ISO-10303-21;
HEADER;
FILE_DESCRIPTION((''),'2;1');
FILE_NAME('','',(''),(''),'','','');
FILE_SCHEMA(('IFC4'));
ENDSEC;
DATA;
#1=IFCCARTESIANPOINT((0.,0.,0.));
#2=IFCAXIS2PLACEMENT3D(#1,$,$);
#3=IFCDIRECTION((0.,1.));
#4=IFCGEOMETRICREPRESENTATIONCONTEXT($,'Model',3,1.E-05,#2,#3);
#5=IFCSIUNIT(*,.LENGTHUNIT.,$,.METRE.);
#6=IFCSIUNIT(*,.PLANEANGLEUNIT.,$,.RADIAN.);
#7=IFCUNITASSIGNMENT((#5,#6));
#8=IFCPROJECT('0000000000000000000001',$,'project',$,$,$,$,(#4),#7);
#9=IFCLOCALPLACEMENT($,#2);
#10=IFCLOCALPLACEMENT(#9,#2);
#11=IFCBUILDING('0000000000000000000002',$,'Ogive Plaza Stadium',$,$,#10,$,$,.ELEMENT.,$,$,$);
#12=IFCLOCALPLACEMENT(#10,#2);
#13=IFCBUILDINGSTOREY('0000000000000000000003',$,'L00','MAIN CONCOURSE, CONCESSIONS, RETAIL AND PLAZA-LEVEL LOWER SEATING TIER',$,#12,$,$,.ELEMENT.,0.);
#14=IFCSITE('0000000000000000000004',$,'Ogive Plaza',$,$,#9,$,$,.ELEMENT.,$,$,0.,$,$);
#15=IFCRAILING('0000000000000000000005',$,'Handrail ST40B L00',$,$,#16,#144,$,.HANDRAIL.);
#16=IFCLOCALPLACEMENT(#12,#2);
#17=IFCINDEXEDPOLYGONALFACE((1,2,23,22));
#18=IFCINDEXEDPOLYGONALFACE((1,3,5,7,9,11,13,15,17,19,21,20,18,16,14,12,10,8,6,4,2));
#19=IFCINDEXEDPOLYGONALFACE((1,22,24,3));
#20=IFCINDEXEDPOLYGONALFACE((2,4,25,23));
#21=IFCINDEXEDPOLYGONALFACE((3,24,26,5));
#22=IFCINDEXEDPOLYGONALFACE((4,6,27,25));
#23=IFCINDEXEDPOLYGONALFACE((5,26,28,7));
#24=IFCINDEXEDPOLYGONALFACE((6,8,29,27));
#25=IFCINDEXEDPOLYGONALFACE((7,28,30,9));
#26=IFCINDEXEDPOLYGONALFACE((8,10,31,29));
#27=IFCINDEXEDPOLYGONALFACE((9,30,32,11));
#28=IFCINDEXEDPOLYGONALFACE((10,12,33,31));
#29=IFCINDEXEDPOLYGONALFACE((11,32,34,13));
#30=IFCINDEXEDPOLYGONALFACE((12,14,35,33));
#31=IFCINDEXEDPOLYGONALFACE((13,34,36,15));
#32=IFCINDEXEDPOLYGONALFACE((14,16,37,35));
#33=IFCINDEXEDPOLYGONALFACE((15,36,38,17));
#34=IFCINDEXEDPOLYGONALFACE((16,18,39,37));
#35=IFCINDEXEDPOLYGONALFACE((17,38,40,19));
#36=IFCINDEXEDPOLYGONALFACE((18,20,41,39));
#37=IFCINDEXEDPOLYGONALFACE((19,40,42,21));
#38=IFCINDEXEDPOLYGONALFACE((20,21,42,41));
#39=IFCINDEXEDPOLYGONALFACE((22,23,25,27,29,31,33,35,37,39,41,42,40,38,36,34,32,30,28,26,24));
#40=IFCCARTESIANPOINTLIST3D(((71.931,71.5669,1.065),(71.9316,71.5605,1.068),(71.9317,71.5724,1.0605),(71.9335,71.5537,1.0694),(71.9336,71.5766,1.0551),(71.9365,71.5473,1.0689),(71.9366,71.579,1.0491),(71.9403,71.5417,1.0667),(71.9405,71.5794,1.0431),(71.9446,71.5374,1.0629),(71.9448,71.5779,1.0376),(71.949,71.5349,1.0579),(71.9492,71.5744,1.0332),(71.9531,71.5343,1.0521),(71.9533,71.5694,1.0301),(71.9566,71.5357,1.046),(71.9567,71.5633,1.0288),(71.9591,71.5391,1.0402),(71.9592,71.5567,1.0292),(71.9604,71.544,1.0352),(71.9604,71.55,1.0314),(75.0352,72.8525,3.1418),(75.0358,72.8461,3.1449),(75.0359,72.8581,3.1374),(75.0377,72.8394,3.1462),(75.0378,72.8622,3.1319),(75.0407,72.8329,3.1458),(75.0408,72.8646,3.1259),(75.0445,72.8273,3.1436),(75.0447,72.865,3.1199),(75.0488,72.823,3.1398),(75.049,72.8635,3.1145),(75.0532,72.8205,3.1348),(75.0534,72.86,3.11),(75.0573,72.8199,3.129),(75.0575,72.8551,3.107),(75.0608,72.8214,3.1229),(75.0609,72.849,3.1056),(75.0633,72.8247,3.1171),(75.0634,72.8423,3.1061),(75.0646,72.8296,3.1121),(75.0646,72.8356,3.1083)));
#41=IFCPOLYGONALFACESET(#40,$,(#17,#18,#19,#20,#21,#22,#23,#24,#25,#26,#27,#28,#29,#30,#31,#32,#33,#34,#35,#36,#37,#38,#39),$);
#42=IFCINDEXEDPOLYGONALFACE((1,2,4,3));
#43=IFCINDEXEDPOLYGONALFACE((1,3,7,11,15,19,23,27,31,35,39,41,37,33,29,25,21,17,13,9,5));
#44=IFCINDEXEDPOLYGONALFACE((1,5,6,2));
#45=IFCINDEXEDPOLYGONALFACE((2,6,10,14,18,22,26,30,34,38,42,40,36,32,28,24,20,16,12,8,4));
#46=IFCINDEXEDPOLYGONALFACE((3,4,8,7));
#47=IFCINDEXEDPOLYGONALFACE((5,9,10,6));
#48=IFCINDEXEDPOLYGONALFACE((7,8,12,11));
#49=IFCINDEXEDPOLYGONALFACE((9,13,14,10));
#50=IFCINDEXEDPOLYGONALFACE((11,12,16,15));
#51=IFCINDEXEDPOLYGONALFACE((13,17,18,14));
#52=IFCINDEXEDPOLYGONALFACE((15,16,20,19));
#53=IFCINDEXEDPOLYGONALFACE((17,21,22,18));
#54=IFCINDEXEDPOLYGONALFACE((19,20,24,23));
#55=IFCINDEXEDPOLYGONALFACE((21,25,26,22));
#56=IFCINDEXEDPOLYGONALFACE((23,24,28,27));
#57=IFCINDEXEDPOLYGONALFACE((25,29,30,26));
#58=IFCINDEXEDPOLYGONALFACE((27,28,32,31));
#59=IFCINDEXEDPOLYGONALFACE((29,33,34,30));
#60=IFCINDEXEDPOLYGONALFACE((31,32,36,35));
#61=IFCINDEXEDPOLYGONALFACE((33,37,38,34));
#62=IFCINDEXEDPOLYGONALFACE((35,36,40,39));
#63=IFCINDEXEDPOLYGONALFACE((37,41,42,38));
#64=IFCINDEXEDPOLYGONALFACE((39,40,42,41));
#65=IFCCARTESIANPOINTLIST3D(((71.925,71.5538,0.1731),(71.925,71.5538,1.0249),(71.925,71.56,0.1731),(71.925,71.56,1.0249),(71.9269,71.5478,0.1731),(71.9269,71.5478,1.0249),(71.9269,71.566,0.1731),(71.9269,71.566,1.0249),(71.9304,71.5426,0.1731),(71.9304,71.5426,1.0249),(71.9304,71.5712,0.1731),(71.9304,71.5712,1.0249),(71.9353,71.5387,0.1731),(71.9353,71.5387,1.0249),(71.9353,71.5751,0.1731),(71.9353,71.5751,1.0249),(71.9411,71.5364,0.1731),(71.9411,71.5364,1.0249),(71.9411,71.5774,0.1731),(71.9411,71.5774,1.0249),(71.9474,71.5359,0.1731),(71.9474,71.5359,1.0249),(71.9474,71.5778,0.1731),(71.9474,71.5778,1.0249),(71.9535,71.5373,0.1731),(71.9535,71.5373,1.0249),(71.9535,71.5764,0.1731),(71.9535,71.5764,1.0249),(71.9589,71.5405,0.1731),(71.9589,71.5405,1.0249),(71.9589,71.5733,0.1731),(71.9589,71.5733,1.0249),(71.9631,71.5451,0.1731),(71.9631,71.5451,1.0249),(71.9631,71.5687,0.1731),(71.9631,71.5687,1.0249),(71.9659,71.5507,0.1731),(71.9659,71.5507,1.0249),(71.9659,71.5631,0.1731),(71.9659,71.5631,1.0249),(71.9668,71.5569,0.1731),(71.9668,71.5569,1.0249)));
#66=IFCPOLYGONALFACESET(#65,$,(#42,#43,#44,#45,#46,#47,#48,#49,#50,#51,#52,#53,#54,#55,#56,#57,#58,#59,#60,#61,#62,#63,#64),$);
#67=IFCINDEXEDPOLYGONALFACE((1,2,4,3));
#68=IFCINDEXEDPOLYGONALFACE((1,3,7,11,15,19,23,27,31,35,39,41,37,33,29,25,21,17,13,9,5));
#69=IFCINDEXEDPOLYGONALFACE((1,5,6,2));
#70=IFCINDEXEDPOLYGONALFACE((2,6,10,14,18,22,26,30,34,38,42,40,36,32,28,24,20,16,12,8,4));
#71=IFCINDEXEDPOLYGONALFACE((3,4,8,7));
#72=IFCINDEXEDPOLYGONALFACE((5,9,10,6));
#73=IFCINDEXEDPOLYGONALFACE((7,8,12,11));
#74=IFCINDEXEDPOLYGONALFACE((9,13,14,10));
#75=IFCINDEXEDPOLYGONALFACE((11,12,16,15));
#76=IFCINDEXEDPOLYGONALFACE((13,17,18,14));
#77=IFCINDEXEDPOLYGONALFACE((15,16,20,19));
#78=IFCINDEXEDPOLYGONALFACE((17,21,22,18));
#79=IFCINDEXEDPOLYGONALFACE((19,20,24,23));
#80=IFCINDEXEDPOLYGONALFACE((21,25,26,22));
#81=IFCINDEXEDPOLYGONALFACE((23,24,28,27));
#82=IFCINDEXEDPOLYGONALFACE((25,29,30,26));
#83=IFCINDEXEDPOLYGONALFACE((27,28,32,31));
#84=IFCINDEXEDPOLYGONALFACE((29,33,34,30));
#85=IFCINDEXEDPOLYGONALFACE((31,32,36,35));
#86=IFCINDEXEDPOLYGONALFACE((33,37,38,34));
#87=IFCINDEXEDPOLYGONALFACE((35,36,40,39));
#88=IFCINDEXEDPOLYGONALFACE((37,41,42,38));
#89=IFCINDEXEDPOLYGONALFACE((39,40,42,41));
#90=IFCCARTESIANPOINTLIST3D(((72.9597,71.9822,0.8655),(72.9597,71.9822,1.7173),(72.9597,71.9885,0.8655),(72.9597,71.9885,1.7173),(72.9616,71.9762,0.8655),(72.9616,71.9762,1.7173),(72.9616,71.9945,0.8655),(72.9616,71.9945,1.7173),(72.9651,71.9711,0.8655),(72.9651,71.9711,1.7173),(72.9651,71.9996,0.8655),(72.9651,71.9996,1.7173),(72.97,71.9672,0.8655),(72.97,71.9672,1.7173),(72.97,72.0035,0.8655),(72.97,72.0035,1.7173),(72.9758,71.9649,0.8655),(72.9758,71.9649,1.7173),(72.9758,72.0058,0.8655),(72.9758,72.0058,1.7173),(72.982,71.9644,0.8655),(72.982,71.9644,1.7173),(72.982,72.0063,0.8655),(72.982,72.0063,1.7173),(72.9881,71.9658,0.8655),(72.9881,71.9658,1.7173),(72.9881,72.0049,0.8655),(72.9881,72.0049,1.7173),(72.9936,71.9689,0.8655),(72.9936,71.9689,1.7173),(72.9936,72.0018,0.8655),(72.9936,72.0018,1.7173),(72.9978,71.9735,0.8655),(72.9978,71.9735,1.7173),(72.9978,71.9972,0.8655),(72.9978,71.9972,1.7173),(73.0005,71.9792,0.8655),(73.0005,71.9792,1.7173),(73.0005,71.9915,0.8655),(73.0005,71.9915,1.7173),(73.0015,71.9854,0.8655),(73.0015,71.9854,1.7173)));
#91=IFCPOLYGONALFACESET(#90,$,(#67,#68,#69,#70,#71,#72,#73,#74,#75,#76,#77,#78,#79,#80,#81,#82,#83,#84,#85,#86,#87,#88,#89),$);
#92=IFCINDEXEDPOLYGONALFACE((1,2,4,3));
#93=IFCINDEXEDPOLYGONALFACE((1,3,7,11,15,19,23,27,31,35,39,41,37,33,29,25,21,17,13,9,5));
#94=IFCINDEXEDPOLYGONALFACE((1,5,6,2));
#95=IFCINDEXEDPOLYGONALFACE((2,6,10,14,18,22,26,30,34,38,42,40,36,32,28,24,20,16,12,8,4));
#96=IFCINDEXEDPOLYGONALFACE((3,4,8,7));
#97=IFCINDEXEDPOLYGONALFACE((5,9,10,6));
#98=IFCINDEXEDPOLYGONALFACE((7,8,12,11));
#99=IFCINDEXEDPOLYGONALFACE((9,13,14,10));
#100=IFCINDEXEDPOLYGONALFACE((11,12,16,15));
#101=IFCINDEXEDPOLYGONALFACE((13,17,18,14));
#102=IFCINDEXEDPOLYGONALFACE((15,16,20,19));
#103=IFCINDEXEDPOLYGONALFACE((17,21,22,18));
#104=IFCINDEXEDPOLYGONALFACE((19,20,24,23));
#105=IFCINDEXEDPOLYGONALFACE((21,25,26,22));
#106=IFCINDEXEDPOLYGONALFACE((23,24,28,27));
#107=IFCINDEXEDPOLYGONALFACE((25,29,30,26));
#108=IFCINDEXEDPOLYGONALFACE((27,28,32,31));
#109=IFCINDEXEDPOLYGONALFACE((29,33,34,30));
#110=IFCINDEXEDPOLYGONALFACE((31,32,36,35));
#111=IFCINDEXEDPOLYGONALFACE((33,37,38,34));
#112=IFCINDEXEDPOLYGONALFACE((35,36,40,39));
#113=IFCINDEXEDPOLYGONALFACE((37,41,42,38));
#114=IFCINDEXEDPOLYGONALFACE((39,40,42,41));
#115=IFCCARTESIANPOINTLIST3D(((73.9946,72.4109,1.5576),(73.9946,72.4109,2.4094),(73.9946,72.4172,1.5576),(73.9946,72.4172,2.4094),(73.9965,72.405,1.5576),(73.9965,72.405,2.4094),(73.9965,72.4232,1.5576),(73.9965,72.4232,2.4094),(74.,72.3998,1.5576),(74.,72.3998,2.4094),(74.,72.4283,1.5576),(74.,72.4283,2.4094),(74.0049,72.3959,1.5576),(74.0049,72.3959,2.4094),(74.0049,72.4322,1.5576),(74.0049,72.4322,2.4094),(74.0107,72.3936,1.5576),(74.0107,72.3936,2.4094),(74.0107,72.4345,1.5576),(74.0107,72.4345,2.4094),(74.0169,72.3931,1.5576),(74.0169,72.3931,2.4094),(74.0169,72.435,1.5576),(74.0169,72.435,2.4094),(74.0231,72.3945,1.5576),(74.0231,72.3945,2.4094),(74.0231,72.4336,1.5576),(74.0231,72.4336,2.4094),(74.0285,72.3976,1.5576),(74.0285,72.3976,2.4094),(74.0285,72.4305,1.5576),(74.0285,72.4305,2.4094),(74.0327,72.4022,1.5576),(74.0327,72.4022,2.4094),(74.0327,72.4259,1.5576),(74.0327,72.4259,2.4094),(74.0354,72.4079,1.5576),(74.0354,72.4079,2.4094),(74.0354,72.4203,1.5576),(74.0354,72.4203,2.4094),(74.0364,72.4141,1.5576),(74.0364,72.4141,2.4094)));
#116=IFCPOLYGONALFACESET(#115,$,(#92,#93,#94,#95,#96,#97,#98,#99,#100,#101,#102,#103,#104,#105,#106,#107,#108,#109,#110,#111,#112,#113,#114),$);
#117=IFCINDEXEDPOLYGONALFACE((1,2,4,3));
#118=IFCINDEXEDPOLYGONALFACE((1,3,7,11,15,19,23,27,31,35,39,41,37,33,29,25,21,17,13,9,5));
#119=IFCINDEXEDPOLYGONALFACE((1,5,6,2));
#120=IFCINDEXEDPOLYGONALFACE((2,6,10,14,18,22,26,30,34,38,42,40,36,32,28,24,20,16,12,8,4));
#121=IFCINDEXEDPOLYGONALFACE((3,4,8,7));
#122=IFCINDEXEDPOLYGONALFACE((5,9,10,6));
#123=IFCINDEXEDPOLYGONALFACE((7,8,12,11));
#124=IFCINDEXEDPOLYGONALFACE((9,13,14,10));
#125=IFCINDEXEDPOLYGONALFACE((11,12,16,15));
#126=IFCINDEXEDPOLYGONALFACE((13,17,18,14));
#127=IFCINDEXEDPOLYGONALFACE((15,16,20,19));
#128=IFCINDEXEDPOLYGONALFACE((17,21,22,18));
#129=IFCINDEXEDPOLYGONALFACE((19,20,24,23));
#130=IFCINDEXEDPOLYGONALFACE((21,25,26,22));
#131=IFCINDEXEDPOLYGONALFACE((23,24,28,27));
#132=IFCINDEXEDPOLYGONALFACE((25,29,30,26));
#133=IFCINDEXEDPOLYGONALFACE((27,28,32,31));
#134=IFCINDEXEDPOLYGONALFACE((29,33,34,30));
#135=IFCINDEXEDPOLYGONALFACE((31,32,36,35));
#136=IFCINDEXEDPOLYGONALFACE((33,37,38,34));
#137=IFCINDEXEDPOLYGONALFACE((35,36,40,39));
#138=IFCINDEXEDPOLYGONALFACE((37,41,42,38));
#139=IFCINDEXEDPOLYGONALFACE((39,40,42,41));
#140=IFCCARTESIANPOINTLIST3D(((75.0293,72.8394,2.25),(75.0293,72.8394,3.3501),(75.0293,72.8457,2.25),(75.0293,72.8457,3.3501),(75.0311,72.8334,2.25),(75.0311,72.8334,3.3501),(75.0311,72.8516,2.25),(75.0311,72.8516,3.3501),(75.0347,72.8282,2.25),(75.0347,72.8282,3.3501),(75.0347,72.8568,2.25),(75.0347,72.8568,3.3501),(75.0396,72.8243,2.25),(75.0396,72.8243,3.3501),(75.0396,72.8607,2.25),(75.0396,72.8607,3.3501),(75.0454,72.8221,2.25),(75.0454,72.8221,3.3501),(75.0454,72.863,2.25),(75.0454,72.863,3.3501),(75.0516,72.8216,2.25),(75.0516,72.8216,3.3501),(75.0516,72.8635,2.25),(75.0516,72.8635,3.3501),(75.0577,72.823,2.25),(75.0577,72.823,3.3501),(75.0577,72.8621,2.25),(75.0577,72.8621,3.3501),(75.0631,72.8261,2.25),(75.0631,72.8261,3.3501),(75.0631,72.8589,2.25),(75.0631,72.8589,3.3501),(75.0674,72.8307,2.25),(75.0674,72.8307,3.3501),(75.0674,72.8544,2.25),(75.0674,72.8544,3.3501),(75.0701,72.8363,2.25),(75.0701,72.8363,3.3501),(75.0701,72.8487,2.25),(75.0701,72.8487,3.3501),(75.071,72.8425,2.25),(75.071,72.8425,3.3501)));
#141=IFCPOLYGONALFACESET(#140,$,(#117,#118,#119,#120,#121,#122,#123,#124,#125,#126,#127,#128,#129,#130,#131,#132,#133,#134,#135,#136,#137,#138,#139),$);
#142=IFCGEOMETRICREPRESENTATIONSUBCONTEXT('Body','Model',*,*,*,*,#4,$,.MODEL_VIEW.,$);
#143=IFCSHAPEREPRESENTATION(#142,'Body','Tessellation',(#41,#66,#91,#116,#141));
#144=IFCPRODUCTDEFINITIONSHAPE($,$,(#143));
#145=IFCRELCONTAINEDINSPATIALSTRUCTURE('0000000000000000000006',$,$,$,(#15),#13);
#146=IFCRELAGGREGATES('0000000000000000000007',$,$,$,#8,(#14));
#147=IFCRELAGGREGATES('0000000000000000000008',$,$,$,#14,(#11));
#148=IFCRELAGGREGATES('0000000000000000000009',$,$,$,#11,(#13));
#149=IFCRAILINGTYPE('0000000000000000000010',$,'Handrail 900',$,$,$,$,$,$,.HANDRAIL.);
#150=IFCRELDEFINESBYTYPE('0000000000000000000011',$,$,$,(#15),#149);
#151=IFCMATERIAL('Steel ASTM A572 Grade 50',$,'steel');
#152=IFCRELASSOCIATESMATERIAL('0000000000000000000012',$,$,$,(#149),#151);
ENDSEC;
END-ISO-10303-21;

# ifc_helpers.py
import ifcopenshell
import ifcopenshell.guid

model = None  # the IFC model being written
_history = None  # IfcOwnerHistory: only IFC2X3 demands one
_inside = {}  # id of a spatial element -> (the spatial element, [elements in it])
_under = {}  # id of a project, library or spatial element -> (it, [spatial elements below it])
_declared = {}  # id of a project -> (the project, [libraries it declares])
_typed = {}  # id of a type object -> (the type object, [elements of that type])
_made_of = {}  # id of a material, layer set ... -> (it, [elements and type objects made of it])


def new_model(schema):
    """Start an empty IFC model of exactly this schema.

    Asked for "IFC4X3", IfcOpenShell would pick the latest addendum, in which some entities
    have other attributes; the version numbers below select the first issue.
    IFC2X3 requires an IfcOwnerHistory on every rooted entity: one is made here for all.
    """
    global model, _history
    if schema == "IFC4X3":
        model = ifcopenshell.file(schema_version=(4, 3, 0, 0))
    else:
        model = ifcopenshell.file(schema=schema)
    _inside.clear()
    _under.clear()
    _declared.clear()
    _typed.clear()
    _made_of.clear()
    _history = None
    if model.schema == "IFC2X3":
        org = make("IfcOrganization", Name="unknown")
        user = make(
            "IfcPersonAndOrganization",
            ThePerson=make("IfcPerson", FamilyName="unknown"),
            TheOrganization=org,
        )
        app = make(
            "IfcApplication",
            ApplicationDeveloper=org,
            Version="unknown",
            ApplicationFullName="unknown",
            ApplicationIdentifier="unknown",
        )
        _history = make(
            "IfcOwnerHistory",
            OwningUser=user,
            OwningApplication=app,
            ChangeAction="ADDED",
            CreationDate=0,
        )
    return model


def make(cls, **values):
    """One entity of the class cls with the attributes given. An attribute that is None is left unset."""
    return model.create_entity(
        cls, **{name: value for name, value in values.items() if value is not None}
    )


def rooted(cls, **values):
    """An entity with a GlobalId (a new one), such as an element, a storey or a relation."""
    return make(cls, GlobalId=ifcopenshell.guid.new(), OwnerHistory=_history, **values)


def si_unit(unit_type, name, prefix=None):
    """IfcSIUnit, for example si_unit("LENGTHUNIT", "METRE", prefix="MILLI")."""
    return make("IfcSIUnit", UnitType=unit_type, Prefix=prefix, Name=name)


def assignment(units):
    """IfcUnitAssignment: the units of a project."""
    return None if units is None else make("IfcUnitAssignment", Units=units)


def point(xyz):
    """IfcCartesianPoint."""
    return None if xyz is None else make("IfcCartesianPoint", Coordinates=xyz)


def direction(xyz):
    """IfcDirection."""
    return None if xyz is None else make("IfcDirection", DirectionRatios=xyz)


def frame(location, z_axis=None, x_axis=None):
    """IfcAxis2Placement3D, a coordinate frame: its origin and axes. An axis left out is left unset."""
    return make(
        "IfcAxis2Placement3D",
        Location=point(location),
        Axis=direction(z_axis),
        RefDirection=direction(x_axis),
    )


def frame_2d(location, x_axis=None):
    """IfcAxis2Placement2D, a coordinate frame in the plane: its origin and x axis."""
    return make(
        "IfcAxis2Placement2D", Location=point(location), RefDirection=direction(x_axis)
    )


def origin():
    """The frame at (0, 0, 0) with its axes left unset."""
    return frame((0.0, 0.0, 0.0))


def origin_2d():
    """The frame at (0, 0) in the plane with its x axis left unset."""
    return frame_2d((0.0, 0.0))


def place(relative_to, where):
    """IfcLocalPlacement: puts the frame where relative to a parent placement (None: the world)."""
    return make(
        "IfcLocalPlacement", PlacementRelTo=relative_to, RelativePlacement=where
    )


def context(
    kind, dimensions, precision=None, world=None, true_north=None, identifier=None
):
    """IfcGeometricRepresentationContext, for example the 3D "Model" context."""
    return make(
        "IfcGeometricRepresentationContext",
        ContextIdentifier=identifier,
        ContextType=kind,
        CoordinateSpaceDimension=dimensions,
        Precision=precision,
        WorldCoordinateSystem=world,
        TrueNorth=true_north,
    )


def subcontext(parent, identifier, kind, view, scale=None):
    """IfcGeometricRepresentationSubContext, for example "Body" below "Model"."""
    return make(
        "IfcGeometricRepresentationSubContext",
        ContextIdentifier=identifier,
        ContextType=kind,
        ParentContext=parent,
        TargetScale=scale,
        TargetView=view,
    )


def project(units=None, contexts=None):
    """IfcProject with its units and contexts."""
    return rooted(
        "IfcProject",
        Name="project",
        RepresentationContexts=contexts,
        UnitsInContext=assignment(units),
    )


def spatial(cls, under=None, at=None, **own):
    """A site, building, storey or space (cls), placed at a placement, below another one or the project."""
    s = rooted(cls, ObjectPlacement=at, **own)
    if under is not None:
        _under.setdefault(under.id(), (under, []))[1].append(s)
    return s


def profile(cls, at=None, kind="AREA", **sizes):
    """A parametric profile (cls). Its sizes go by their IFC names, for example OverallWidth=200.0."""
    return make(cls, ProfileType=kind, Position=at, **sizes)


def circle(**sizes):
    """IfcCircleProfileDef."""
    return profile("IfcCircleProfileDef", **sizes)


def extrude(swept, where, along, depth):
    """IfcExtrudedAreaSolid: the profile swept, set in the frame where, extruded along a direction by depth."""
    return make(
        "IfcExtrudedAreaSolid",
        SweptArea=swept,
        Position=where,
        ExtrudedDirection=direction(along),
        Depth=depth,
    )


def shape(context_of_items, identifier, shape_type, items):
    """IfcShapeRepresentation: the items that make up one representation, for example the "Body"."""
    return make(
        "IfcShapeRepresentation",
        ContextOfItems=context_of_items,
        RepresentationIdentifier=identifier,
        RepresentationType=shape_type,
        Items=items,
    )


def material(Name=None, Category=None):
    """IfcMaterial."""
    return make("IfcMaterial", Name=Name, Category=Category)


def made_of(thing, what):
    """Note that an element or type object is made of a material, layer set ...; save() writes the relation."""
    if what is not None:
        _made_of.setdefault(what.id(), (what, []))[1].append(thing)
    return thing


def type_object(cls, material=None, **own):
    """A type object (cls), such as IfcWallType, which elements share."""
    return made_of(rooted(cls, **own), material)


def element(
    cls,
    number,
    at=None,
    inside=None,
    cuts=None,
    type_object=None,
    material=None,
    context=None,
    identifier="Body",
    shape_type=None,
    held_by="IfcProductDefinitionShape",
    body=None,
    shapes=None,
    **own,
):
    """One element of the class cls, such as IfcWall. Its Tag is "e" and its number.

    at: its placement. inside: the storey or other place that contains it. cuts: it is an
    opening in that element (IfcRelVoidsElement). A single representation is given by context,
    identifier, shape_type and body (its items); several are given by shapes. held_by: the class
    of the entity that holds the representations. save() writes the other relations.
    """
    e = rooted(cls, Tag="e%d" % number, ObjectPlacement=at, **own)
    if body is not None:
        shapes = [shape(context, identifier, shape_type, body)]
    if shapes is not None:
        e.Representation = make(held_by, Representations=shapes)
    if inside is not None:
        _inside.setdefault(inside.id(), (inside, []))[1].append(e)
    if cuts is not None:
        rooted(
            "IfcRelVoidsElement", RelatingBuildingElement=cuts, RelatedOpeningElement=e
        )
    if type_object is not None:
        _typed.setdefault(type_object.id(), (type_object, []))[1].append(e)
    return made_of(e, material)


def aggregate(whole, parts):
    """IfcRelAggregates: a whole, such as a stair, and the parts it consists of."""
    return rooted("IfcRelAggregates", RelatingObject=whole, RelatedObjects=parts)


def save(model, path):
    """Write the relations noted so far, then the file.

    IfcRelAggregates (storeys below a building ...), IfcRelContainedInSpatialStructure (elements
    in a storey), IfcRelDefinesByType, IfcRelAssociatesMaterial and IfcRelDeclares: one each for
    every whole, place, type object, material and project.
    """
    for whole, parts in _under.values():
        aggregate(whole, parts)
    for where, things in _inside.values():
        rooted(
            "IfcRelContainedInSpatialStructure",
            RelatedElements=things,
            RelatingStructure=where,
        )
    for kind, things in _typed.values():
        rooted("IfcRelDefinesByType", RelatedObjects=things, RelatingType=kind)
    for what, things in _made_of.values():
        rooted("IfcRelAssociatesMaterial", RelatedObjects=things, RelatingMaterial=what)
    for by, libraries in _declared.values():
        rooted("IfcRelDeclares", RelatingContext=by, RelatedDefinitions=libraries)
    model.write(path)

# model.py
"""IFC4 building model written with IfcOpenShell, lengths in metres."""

from ifc_helpers import new_model, si_unit, direction, frame, origin, origin_2d, place, context, subcontext, project, spatial, circle, extrude, material, type_object, element, save


model = new_model("IFC4")

# Units and contexts
model_context = context("Model", 3, precision=1e-05, world=origin(), true_north=direction((0.0, 1.0)))
body_context = subcontext(model_context, "Body", "Model", "MODEL_VIEW")
ifc_project = project(units=[si_unit("LENGTHUNIT", "METRE"), si_unit("PLANEANGLEUNIT", "RADIAN")], contexts=[model_context])

# Site, building, storey
site_placement = place(None, origin())
site = spatial("IfcSite", under=ifc_project, at=site_placement, Name="Ogive Plaza", CompositionType="ELEMENT", RefElevation=0.0)
building_placement = place(site_placement, origin())
building = spatial("IfcBuilding", under=site, at=building_placement, Name="Ogive Plaza Stadium", CompositionType="ELEMENT")
storey_placement = place(building_placement, origin())
storey = spatial("IfcBuildingStorey", under=building, at=storey_placement, Name="L00", Description="MAIN CONCOURSE, CONCESSIONS, RETAIL AND PLAZA-LEVEL LOWER SEATING TIER", CompositionType="ELEMENT", Elevation=0.0)

# Railing
ifc_material_1 = material(Name="Steel ASTM A572 Grade 50", Category="steel")
railing_type_1 = type_object("IfcRailingType", Name="Handrail 900", PredefinedType="HANDRAIL", material=ifc_material_1)
railing_1_placement = place(storey_placement, frame((71.9458, 71.5569, 0.1731)))
element("IfcRailing", 1, at=railing_1_placement, inside=storey, type_object=railing_type_1, Name="Handrail ST40B L00", PredefinedType="HANDRAIL", context=body_context, shape_type="SweptSolid", body=[
    extrude(circle(Radius=0.0239, at=origin_2d()), frame((0.0, 0.0, 0.876), z_axis=(0.785879, 0.325477, 0.525794), x_axis=(-0.382638, 0.923898, 0.0)), (0.0, 0.0, 1.0), 3.95),
    extrude(circle(Radius=0.021, at=origin_2d()), origin(), (0.0, 0.0, 1.0), 0.8518),
    extrude(circle(Radius=0.021, at=origin_2d()), frame((1.0347, 0.4285, 0.6924)), (0.0, 0.0, 1.0), 0.8518),
    extrude(circle(Radius=0.021, at=origin_2d()), frame((2.0696, 0.8572, 1.3845)), (0.0, 0.0, 1.0), 0.8518),
    extrude(circle(Radius=0.021, at=origin_2d()), frame((3.1042, 1.2856, 2.0769)), (0.0, 0.0, 1.0), 1.1001),
])

save(model, "model.ifc")
